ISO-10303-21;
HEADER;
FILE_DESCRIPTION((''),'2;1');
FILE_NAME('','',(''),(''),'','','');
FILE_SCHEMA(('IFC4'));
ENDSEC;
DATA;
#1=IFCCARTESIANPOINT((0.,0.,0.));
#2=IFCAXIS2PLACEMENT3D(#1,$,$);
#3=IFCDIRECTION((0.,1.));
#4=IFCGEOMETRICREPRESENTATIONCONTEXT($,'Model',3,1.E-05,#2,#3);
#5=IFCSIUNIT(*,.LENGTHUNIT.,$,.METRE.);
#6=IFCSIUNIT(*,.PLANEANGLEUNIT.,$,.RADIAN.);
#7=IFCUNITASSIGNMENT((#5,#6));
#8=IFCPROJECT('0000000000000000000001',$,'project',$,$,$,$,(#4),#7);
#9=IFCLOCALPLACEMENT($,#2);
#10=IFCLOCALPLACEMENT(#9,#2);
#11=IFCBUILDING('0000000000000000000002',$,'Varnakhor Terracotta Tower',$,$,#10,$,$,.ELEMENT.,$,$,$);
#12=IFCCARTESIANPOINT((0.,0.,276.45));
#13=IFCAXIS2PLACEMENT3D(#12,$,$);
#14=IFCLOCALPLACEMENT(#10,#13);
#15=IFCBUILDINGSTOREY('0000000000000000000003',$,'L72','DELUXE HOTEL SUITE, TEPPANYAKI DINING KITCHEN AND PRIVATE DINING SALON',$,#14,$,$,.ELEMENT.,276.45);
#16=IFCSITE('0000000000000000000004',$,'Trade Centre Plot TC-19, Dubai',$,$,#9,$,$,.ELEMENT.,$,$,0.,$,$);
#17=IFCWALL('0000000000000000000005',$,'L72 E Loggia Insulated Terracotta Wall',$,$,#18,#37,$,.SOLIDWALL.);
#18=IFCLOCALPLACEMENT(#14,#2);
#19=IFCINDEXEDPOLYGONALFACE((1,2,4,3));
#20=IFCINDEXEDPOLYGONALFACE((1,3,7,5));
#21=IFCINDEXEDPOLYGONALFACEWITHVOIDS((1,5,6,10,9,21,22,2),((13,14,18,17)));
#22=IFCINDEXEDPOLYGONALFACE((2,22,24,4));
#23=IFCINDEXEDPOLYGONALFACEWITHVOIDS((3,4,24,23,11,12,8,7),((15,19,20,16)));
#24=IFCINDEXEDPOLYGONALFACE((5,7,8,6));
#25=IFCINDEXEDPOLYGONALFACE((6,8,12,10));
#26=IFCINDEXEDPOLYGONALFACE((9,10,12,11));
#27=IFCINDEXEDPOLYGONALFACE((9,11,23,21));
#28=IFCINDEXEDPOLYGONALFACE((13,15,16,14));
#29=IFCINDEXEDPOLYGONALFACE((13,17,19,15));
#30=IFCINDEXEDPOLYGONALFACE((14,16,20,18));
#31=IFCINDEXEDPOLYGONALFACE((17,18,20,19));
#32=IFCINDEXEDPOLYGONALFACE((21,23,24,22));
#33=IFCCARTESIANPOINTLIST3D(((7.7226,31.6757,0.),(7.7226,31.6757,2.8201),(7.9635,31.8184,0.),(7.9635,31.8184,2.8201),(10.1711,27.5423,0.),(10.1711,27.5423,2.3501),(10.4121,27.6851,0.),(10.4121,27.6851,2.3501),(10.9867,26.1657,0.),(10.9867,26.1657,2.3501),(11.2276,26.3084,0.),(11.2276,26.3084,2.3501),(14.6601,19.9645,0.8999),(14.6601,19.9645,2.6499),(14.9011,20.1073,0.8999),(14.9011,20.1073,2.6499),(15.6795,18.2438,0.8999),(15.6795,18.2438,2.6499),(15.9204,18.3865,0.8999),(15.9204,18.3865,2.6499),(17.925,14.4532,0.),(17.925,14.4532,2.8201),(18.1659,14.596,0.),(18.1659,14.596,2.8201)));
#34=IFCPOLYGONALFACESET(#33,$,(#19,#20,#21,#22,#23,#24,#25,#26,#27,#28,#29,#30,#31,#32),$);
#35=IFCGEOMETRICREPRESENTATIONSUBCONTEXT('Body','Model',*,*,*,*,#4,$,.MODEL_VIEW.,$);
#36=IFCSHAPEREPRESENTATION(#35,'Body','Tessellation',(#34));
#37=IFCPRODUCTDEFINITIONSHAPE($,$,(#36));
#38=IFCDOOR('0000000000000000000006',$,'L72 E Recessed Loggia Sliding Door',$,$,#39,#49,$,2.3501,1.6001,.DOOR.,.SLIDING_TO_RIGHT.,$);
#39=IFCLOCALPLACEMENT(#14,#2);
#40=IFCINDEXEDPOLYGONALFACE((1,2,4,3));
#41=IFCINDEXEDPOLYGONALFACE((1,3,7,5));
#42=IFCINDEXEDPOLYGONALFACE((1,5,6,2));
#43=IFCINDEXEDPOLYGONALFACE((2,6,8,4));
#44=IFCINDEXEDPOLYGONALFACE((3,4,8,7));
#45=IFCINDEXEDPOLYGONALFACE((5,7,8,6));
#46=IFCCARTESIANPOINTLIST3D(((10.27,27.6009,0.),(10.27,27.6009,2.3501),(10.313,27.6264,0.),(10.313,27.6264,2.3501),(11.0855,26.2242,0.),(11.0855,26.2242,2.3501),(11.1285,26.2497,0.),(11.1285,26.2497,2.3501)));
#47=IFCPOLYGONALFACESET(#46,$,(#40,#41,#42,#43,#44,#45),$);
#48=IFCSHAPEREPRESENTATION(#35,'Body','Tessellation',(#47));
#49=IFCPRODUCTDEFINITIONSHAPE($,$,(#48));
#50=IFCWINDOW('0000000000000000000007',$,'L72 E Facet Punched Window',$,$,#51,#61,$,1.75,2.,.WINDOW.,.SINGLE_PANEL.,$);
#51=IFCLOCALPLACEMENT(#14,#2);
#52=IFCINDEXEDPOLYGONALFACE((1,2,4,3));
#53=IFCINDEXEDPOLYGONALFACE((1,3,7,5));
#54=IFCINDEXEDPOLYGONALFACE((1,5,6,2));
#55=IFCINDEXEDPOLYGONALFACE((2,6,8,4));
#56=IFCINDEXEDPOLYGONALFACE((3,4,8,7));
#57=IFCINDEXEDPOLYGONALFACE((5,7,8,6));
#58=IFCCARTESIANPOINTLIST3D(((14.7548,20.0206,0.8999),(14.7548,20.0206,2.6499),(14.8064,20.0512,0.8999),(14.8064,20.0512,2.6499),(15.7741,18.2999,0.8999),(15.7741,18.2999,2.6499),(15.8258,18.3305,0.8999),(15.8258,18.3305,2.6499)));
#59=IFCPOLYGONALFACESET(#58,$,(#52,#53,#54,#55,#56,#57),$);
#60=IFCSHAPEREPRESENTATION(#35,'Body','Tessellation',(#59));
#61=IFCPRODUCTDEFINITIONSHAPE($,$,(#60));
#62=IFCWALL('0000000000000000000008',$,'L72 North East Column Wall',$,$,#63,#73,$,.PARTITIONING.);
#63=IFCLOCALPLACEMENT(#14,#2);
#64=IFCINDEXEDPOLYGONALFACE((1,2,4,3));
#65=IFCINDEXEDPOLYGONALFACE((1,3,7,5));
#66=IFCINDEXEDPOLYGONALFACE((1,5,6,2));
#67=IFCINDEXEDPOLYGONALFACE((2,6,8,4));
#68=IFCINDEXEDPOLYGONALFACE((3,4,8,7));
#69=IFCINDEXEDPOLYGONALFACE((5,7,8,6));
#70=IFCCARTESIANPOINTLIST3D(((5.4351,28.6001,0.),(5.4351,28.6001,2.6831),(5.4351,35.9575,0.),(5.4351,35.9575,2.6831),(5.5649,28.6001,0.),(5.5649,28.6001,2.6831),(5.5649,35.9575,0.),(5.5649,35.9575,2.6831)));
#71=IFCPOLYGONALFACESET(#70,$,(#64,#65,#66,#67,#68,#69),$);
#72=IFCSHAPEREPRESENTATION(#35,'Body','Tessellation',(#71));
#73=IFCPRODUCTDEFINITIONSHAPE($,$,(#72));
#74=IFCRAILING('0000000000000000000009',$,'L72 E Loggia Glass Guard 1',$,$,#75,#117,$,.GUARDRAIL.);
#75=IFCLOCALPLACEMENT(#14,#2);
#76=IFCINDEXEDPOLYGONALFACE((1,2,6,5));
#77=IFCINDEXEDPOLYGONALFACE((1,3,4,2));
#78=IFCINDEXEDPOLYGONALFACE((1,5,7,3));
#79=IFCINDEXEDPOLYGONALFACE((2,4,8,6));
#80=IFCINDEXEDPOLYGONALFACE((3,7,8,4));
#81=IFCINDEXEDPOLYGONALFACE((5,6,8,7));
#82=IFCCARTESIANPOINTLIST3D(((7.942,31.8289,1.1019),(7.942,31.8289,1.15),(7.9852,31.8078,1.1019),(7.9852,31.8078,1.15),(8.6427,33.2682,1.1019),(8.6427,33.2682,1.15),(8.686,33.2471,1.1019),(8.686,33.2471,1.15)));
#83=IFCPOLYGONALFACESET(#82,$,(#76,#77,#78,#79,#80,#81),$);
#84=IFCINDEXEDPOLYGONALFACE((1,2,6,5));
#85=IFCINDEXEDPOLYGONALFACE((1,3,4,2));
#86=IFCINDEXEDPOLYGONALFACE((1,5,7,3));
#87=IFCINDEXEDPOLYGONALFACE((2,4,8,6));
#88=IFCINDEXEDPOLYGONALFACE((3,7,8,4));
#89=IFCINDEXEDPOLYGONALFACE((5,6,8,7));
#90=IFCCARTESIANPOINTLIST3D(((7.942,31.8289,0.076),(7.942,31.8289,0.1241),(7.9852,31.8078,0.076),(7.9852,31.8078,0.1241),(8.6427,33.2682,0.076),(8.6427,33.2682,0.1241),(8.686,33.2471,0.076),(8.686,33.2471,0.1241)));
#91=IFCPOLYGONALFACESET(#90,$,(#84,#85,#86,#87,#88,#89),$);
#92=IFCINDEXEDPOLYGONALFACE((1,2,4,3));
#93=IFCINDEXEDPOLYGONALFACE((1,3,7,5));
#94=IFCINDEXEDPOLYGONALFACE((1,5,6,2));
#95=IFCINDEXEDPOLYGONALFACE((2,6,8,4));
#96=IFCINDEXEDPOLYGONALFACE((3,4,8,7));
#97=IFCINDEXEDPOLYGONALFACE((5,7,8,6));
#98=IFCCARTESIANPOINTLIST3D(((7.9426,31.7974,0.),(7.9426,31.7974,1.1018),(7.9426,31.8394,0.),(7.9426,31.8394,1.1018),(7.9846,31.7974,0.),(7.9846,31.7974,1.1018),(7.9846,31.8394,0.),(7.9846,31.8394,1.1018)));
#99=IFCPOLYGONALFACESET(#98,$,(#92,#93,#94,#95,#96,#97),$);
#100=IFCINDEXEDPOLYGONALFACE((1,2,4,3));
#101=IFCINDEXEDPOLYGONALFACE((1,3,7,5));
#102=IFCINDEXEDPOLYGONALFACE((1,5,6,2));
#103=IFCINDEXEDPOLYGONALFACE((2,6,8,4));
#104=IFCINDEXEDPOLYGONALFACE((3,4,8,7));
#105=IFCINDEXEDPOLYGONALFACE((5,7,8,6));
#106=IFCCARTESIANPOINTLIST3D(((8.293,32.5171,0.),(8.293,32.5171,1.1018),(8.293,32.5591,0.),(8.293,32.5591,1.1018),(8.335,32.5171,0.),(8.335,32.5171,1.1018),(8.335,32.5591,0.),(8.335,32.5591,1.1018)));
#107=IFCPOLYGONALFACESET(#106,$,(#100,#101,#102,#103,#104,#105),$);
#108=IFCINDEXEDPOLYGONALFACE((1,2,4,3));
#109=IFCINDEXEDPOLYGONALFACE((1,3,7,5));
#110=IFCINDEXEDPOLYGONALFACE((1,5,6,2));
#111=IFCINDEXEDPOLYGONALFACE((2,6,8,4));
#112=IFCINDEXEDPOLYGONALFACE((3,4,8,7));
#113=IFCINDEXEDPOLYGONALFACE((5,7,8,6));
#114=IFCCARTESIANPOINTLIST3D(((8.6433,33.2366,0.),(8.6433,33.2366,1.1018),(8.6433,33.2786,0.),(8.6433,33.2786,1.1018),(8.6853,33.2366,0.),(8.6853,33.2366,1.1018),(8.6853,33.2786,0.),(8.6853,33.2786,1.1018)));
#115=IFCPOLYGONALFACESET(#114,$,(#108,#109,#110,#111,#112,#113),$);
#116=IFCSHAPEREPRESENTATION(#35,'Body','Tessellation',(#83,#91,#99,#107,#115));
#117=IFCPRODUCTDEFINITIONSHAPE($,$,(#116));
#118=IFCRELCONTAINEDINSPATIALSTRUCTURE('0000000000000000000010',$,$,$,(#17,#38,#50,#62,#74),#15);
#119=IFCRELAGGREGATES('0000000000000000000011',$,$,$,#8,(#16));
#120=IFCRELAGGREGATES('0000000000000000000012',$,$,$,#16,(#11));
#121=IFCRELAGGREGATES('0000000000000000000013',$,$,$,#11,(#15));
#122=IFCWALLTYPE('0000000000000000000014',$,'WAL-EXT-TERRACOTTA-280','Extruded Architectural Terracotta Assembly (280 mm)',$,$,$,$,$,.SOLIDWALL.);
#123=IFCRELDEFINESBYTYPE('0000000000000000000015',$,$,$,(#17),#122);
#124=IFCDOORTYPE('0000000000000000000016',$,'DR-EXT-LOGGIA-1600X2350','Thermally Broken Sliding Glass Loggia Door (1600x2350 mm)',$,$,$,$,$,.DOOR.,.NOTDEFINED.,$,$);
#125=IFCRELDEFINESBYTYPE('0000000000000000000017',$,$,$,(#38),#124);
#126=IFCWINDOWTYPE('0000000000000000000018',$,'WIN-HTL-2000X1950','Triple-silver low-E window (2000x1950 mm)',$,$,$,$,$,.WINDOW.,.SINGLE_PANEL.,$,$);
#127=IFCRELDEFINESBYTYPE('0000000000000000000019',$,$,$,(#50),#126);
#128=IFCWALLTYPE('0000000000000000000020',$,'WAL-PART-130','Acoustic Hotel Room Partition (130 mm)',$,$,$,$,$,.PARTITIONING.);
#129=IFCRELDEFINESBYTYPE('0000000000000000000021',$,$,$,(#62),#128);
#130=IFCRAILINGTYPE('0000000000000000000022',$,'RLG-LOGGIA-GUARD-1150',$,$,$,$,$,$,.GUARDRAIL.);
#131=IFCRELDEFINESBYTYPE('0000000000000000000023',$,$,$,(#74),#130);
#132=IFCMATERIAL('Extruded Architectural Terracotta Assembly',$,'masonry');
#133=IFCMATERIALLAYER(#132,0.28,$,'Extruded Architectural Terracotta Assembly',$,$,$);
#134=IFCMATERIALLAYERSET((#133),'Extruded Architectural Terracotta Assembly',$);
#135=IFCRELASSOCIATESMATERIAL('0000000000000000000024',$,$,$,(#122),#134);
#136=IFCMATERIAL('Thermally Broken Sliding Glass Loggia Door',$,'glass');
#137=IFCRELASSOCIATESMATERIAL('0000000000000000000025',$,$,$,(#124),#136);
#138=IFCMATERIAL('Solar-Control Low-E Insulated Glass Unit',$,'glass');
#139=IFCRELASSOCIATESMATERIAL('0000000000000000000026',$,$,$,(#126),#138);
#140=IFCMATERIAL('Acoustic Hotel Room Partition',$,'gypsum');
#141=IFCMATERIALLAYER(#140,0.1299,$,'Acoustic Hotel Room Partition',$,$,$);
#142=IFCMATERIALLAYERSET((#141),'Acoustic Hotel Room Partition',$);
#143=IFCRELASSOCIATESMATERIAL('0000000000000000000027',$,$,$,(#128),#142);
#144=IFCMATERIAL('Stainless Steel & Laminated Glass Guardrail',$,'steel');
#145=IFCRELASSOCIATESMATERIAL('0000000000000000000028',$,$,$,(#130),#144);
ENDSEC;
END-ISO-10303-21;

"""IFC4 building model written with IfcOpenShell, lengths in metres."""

from ifc_helpers import new_model, si_unit, direction, frame, frame_2d, origin, origin_2d, place, context, subcontext, project, spatial, rectangle, extrude, source, transform, mapped, material, layer, layer_set, type_object, type_shapes, element, fill, save


model = new_model("IFC4")

# Units and contexts
model_context = context("Model", 3, precision=1e-05, world=origin(), true_north=direction((0.0, 1.0)))
body_context = subcontext(model_context, "Body", "Model", "MODEL_VIEW")
ifc_project = project(units=[si_unit("LENGTHUNIT", "METRE"), si_unit("PLANEANGLEUNIT", "RADIAN")], contexts=[model_context])

# Site, building, storey
site_placement = place(None, origin())
site = spatial("IfcSite", under=ifc_project, at=site_placement, Name="Trade Centre Plot TC-19, Dubai", CompositionType="ELEMENT", RefElevation=0.0)
building_placement = place(site_placement, origin())
building = spatial("IfcBuilding", under=site, at=building_placement, Name="Varnakhor Terracotta Tower", CompositionType="ELEMENT")
storey_placement = place(building_placement, frame((0.0, 0.0, 276.45)))
storey = spatial("IfcBuildingStorey", under=building, at=storey_placement, Name="L72", Description="DELUXE HOTEL SUITE, TEPPANYAKI DINING KITCHEN AND PRIVATE DINING SALON", CompositionType="ELEMENT", Elevation=276.45)

# Wall, openings, door, window
ifc_material_1 = material(Name="Extruded Architectural Terracotta Assembly", Category="masonry")
ifc_layer_1 = layer(ifc_material_1, 0.28, Name="Extruded Architectural Terracotta Assembly")
ifc_layer_set_1 = layer_set([ifc_layer_1], Name="Extruded Architectural Terracotta Assembly")
wall_type_1 = type_object("IfcWallType", Name="WAL-EXT-TERRACOTTA-280", Description="Extruded Architectural Terracotta Assembly (280 mm)", PredefinedType="SOLIDWALL", material=ifc_layer_set_1)
wall_1_placement = place(storey_placement, frame((7.843, 31.7471, 0.0), z_axis=(0.0, 0.0, 1.0), x_axis=(0.509674, -0.860368, 0.0)))
wall_1 = element("IfcWall", 1, at=wall_1_placement, inside=storey, type_object=wall_type_1, Name="L72 E Loggia Insulated Terracotta Wall", PredefinedType="SOLIDWALL", context=body_context, shape_type="SweptSolid", body=[
    extrude(rectangle(XDim=20.0176, YDim=0.28, at=frame_2d((10.0088, 0.0))), origin(), (0.0, 0.0, 1.0), 2.8201),
])
opening_1_placement = place(wall_1_placement, frame((4.8042, 0.0, 0.0)))
opening_1 = element("IfcOpeningElement", 2, at=opening_1_placement, cuts=wall_1, PredefinedType="OPENING", context=body_context, shape_type="SweptSolid", body=[
    extrude(rectangle(XDim=1.6001, YDim=2.3501, at=frame_2d((0.8, 1.175))), frame((0.0, 0.1499, 0.0), z_axis=(0.0, -1.0, 0.0), x_axis=(1.0, 0.0, 0.0)), (0.0, 0.0, 1.0), 0.3),
])
opening_2_placement = place(wall_1_placement, frame((13.6118, 0.0, 0.8999)))
opening_2 = element("IfcOpeningElement", 3, at=opening_2_placement, cuts=wall_1, PredefinedType="OPENING", context=body_context, shape_type="SweptSolid", body=[
    extrude(rectangle(XDim=2.0, YDim=1.75, at=frame_2d((1.0, 0.875))), frame((0.0, 0.1499, 0.0), z_axis=(0.0, -1.0, 0.0), x_axis=(1.0, 0.0, 0.0)), (0.0, 0.0, 1.0), 0.3),
])
ifc_material_2 = material(Name="Thermally Broken Sliding Glass Loggia Door", Category="glass")
door_type = type_object("IfcDoorType", Name="DR-EXT-LOGGIA-1600X2350", Description="Thermally Broken Sliding Glass Loggia Door (1600x2350 mm)", OperationType="NOTDEFINED", PredefinedType="DOOR", material=ifc_material_2)
shared_shape_1 = source(origin(), body_context, "Body", "SweptSolid", [
    extrude(rectangle(XDim=1.6001, YDim=2.3501, at=frame_2d((0.8, 1.175))), frame((0.0, 0.0249, 0.0), z_axis=(0.0, -1.0, 0.0), x_axis=(1.0, 0.0, 0.0)), (0.0, 0.0, 1.0), 0.05),
])
type_shapes(door_type, [shared_shape_1])
door_placement = place(opening_1_placement, origin())
door = element("IfcDoor", 4, at=door_placement, inside=storey, type_object=door_type, Name="L72 E Recessed Loggia Sliding Door", OperationType="SLIDING_TO_RIGHT", OverallHeight=2.3501, OverallWidth=1.6001, PredefinedType="DOOR", context=body_context, shape_type="MappedRepresentation", body=[
    mapped(shared_shape_1, transform((0.0, 0.0, 0.0), scale=1.0)),
])
fill(opening_1, door)
ifc_material_3 = material(Name="Solar-Control Low-E Insulated Glass Unit", Category="glass")
window_type = type_object("IfcWindowType", Name="WIN-HTL-2000X1950", Description="Triple-silver low-E window (2000x1950 mm)", PartitioningType="SINGLE_PANEL", PredefinedType="WINDOW", material=ifc_material_3)
shared_shape_2 = source(origin(), body_context, "Body", "SweptSolid", [
    extrude(rectangle(XDim=2.0, YDim=1.75, at=frame_2d((1.0, 0.875))), frame((0.0, 0.03, 0.0), z_axis=(0.0, -1.0, 0.0), x_axis=(1.0, 0.0, 0.0)), (0.0, 0.0, 1.0), 0.0601),
])
type_shapes(window_type, [shared_shape_2])
window_placement = place(opening_2_placement, origin())
window = element("IfcWindow", 5, at=window_placement, inside=storey, type_object=window_type, Name="L72 E Facet Punched Window", OverallHeight=1.75, OverallWidth=2.0, PartitioningType="SINGLE_PANEL", PredefinedType="WINDOW", context=body_context, shape_type="MappedRepresentation", body=[
    mapped(shared_shape_2, transform((0.0, 0.0, 0.0), scale=1.0)),
])
fill(opening_2, window)

# Wall
ifc_material_4 = material(Name="Acoustic Hotel Room Partition", Category="gypsum")
ifc_layer_2 = layer(ifc_material_4, 0.1299, Name="Acoustic Hotel Room Partition")
ifc_layer_set_2 = layer_set([ifc_layer_2], Name="Acoustic Hotel Room Partition")
wall_type_2 = type_object("IfcWallType", Name="WAL-PART-130", Description="Acoustic Hotel Room Partition (130 mm)", PredefinedType="PARTITIONING", material=ifc_layer_set_2)
wall_2_placement = place(storey_placement, frame((5.5, 28.6001, 0.0), z_axis=(0.0, 0.0, 1.0), x_axis=(0.0, 1.0, 0.0)))
element("IfcWall", 6, at=wall_2_placement, inside=storey, type_object=wall_type_2, Name="L72 North East Column Wall", PredefinedType="PARTITIONING", context=body_context, shape_type="SweptSolid", body=[
    extrude(rectangle(XDim=7.3574, YDim=0.1299, at=frame_2d((3.6787, 0.0))), origin(), (0.0, 0.0, 1.0), 2.6831),
])

# Railing
ifc_material_5 = material(Name="Stainless Steel & Laminated Glass Guardrail", Category="steel")
railing_type = type_object("IfcRailingType", Name="RLG-LOGGIA-GUARD-1150", PredefinedType="GUARDRAIL", material=ifc_material_5)
railing_1_placement = place(storey_placement, frame((7.9636, 31.8184, 0.0)))
element("IfcRailing", 7, at=railing_1_placement, inside=storey, type_object=railing_type, Name="L72 E Loggia Glass Guard 1", PredefinedType="GUARDRAIL", context=body_context, shape_type="SweptSolid", body=[
    extrude(rectangle(XDim=0.0481, YDim=0.0481, at=origin_2d()), frame((0.0, 0.0, 1.126), z_axis=(0.437732, 0.899105, 0.0), x_axis=(-0.899105, 0.437732, 0.0)), (0.0, 0.0, 1.0), 1.6008),
    extrude(rectangle(XDim=0.0481, YDim=0.0481, at=origin_2d()), frame((0.0, 0.0, 0.1001), z_axis=(0.437732, 0.899105, 0.0), x_axis=(-0.899105, 0.437732, 0.0)), (0.0, 0.0, 1.0), 1.6008),
    extrude(rectangle(XDim=0.042, YDim=0.042, at=origin_2d()), origin(), (0.0, 0.0, 1.0), 1.1018),
    extrude(rectangle(XDim=0.042, YDim=0.042, at=origin_2d()), frame((0.3503, 0.7197, 0.0)), (0.0, 0.0, 1.0), 1.1018),
    extrude(rectangle(XDim=0.042, YDim=0.042, at=origin_2d()), frame((0.7007, 1.4392, 0.0)), (0.0, 0.0, 1.0), 1.1018),
])

save(model, "model.ifc")
